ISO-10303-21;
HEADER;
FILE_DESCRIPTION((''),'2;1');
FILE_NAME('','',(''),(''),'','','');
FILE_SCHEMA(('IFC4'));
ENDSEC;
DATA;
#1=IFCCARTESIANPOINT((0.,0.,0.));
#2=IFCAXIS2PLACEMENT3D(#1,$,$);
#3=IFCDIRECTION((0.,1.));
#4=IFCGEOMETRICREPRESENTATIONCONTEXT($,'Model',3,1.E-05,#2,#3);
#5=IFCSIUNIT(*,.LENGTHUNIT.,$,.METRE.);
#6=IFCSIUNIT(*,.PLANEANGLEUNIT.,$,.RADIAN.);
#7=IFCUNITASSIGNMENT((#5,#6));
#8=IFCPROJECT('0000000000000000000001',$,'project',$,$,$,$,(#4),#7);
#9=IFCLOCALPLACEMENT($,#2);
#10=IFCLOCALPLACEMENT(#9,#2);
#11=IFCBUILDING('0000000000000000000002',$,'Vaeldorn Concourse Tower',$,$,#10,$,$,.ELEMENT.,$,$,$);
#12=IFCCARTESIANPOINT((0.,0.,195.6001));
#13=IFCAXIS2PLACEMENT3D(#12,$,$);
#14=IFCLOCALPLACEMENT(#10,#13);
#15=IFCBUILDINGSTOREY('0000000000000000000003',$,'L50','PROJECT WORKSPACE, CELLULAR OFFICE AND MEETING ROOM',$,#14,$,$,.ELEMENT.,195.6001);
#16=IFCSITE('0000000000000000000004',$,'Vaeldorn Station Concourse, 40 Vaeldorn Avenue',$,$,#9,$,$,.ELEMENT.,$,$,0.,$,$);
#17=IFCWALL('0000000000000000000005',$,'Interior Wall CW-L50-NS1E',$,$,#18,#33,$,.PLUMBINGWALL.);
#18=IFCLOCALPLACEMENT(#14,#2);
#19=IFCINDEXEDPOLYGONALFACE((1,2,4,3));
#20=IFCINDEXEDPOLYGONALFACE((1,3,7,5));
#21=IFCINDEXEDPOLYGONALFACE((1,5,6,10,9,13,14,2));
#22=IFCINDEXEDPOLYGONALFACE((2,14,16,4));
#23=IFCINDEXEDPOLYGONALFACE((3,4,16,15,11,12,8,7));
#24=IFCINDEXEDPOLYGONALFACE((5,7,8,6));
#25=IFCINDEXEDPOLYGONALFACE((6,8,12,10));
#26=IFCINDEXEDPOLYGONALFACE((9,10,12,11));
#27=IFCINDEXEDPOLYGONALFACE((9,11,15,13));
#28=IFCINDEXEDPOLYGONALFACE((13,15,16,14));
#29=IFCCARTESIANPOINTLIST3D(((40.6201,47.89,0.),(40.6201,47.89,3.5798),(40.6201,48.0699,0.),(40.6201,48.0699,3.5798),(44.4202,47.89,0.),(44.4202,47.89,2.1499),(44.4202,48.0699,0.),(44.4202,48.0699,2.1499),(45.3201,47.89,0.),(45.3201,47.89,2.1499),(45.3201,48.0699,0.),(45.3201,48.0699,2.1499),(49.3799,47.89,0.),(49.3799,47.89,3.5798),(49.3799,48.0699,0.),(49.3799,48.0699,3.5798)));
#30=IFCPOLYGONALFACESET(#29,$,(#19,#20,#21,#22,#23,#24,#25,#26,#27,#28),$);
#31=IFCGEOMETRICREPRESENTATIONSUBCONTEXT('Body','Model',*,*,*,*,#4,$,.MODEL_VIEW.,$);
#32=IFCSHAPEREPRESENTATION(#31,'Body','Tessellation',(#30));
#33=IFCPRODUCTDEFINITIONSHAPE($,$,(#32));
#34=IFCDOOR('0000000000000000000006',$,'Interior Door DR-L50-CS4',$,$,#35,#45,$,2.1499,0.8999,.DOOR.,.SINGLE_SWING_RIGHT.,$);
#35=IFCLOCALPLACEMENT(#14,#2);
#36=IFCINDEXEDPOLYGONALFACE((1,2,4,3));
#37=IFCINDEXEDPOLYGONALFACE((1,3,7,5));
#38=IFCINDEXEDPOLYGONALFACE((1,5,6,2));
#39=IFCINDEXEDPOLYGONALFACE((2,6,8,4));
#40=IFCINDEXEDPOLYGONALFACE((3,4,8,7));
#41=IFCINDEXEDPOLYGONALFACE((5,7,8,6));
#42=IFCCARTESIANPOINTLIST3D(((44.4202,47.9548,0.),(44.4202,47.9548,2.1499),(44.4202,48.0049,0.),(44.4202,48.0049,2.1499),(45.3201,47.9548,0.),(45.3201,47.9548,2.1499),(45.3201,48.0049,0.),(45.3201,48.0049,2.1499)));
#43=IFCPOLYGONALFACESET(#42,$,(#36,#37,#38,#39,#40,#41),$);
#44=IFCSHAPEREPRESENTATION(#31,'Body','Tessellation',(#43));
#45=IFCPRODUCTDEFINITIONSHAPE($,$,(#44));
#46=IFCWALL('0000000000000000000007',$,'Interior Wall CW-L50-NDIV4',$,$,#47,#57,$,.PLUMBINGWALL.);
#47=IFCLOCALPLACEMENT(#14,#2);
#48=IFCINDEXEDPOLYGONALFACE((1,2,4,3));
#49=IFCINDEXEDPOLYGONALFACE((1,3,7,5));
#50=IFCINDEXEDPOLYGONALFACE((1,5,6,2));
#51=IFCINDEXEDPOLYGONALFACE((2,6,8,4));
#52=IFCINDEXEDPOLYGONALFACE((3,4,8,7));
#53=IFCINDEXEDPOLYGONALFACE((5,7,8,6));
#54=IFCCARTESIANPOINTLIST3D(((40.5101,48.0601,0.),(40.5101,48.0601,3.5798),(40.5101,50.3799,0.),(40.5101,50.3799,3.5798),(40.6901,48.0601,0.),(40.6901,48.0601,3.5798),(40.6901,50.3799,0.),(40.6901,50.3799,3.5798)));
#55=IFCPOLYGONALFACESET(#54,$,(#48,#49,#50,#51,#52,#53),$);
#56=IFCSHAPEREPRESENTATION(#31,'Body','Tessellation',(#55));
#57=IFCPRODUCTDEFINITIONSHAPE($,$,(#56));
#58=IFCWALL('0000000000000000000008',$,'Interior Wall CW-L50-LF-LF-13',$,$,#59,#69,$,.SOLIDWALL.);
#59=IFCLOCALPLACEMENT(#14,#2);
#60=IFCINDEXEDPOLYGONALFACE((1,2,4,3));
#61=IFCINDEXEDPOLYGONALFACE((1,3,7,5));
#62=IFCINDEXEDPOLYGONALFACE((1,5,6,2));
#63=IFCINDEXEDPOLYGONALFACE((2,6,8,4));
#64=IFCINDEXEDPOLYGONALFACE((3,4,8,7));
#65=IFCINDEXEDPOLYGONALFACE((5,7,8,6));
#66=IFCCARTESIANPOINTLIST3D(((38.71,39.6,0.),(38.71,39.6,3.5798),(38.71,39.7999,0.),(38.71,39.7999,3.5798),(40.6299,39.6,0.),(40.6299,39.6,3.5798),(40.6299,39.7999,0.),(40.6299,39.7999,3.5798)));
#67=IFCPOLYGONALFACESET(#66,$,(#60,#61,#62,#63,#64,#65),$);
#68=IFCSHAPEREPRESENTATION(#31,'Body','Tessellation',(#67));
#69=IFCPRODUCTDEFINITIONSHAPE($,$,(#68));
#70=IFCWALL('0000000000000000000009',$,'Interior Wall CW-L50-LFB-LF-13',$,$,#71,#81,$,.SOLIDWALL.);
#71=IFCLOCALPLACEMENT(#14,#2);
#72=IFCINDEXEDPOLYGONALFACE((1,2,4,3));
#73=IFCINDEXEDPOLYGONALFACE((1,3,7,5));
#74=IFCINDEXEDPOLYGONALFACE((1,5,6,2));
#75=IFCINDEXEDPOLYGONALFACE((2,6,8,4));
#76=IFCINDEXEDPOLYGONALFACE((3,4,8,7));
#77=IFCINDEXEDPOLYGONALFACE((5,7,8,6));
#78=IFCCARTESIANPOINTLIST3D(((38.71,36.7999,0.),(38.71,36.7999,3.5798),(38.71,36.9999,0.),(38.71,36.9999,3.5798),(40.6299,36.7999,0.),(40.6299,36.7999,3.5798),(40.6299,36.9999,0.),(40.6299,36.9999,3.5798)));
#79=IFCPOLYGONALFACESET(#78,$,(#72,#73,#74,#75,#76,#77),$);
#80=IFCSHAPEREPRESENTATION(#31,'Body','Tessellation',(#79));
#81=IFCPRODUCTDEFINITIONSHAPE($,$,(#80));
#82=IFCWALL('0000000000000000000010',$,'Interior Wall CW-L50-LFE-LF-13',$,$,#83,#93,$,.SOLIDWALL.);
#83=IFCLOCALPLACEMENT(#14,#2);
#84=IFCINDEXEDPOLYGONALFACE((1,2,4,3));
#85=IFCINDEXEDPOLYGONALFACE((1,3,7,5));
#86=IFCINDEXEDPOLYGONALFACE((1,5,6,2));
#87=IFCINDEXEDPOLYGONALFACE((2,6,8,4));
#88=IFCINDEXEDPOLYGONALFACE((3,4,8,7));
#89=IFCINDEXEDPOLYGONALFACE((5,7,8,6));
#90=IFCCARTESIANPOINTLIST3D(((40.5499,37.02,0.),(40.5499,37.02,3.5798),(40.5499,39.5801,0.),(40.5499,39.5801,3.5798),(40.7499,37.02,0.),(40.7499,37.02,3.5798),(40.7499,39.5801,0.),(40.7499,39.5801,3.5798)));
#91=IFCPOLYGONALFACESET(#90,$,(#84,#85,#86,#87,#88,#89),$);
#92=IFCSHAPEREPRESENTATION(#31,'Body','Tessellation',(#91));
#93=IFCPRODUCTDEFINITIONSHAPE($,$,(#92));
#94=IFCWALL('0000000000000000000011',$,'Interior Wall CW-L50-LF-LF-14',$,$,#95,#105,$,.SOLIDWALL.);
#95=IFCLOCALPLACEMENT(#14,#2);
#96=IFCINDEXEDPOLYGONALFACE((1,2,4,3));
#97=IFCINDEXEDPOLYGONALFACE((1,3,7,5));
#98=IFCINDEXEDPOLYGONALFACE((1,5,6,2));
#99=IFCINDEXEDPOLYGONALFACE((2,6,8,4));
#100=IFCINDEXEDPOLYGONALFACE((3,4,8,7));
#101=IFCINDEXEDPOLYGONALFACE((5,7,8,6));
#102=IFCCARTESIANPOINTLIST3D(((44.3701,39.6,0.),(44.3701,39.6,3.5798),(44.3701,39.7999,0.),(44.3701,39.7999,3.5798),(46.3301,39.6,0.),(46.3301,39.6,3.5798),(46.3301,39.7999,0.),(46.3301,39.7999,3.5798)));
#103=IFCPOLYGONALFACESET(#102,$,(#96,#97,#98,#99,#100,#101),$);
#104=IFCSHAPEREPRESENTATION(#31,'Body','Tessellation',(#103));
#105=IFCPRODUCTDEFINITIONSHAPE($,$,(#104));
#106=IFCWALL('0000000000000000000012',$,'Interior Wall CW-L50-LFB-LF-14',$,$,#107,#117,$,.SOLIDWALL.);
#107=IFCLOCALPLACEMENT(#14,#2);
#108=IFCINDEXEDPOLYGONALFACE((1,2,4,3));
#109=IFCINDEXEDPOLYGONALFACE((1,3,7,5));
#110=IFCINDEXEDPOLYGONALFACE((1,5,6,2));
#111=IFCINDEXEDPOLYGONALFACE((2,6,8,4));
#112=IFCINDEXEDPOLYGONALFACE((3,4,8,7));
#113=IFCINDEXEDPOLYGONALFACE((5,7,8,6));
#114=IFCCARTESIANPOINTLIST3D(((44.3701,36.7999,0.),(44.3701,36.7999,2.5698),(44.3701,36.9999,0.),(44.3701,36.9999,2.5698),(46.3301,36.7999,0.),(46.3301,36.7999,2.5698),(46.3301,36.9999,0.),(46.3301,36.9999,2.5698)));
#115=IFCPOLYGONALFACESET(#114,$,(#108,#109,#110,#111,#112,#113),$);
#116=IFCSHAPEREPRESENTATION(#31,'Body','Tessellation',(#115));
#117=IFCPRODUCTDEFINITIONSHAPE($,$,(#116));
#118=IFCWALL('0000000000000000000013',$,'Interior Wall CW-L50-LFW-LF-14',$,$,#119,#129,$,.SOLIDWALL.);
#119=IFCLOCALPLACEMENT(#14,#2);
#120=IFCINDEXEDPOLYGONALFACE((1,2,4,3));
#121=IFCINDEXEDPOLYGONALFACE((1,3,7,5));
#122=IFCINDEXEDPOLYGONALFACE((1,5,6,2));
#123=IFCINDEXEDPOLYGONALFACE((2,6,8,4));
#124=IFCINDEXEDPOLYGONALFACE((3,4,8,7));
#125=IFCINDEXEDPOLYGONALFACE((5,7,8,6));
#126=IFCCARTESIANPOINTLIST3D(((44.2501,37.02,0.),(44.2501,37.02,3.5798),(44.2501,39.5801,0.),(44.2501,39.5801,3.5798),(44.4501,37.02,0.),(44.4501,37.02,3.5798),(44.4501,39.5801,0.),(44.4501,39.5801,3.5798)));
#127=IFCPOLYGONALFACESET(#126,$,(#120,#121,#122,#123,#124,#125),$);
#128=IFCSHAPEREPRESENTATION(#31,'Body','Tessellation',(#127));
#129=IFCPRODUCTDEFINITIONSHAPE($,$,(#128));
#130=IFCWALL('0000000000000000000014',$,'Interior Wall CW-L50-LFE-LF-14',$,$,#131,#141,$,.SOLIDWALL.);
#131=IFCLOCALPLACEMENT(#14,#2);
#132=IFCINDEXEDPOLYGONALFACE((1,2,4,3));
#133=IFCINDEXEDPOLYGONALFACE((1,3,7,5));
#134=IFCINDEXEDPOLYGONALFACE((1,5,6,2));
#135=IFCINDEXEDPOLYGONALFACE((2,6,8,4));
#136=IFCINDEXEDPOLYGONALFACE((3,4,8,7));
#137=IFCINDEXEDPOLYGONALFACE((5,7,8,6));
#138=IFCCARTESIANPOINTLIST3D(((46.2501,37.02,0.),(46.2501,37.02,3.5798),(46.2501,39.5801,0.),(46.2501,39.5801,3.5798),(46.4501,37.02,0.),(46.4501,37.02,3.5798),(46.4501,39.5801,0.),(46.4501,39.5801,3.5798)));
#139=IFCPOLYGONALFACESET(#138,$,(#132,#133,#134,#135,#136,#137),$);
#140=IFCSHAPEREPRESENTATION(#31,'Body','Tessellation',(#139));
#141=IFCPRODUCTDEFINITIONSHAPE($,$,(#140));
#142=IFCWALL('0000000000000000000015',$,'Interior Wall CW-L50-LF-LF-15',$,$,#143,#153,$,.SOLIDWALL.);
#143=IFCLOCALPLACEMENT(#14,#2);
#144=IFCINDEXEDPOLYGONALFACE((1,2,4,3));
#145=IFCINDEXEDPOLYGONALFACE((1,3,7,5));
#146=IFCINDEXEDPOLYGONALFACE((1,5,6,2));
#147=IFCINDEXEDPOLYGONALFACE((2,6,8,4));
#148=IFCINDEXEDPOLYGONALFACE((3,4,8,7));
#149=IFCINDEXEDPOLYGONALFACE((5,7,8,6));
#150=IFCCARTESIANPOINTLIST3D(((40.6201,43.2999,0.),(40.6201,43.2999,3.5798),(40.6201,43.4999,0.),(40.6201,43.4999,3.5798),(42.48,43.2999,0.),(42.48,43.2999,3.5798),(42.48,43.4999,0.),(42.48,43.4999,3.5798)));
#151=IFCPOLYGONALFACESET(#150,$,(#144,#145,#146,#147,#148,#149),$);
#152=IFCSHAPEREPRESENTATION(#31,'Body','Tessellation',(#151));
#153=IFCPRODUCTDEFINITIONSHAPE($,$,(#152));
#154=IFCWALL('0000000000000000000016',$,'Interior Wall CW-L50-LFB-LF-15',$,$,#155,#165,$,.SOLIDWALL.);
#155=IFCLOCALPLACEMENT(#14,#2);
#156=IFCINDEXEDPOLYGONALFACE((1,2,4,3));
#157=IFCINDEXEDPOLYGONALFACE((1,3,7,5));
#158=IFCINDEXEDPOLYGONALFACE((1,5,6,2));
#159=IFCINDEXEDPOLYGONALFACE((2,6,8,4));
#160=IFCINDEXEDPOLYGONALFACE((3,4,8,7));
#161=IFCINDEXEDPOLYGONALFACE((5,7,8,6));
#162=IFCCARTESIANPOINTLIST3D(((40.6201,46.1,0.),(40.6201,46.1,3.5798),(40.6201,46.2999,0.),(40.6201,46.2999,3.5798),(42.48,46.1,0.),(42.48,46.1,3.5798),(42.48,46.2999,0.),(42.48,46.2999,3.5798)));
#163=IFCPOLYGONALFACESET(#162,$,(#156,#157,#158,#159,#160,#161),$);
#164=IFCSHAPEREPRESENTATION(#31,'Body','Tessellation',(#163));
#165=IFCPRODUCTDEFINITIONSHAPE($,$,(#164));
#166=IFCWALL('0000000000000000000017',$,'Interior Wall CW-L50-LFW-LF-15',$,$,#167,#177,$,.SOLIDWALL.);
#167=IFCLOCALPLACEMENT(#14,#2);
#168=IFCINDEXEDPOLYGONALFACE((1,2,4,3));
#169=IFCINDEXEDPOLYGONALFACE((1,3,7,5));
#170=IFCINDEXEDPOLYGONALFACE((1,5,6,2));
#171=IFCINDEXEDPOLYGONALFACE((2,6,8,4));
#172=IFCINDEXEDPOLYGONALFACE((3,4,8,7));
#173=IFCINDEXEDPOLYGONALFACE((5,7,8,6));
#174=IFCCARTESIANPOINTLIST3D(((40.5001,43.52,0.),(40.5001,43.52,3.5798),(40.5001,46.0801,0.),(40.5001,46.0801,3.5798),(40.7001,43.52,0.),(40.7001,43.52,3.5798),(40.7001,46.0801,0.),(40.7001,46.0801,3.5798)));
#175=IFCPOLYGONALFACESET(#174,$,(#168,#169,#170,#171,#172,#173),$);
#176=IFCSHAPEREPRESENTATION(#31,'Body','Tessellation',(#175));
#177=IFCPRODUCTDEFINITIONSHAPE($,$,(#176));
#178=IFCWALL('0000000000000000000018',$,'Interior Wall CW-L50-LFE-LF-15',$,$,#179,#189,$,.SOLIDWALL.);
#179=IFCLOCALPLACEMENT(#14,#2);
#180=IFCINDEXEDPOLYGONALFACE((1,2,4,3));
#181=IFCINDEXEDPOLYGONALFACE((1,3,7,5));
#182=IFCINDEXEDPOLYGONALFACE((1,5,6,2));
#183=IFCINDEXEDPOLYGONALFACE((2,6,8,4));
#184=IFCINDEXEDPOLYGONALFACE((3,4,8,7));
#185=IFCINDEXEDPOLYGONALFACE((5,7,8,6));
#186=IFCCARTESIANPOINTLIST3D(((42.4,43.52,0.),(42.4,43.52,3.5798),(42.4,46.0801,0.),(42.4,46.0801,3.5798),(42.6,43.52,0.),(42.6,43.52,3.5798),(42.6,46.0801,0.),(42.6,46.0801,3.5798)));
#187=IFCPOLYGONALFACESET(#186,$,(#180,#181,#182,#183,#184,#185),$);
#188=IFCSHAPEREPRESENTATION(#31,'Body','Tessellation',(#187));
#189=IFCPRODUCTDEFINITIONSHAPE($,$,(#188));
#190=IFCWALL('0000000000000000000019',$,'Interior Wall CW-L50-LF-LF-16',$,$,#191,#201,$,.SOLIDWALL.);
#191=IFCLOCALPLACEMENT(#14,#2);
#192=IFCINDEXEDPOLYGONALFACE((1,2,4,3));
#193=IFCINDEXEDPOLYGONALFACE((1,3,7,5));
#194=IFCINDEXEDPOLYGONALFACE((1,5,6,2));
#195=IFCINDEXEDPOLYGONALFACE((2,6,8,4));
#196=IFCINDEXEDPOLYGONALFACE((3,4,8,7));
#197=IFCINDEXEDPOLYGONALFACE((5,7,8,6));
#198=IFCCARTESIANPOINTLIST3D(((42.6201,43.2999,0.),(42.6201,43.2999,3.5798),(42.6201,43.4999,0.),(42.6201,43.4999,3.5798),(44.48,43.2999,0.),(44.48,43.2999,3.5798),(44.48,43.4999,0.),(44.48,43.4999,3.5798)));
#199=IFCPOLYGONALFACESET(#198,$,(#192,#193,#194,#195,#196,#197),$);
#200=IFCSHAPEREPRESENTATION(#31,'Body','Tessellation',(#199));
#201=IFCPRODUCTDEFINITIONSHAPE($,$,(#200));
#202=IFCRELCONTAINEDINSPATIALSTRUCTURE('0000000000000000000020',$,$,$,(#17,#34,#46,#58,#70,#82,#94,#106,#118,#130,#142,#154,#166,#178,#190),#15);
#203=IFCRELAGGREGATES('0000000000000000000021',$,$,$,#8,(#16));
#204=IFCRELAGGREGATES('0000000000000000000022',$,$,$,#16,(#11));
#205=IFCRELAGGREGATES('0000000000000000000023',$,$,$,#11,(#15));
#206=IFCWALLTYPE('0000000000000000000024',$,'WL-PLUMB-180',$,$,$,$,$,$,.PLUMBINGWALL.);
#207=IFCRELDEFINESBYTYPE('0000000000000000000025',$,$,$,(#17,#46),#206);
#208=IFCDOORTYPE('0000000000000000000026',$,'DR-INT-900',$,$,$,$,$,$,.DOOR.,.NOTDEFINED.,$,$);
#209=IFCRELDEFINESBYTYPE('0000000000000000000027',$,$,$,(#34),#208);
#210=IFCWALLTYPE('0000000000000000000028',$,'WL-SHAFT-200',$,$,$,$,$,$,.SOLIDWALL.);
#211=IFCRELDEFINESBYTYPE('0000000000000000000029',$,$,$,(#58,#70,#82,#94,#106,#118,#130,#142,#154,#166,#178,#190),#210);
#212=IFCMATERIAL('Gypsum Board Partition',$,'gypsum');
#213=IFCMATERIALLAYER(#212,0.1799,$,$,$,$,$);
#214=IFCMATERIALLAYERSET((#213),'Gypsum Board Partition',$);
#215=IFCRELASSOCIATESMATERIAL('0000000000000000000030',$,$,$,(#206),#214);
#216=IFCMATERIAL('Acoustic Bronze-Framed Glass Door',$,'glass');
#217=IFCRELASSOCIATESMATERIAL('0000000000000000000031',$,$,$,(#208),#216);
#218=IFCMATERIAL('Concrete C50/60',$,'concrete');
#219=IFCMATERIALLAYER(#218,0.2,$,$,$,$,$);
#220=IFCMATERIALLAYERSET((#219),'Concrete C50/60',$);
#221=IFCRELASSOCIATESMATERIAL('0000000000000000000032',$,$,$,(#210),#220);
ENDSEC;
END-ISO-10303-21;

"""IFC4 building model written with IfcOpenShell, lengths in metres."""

from ifc_helpers import new_model, si_unit, direction, frame, frame_2d, origin, place, context, subcontext, project, spatial, rectangle, extrude, source, transform, mapped, material, layer, layer_set, type_object, element, fill, save


model = new_model("IFC4")

# Units and contexts
model_context = context("Model", 3, precision=1e-05, world=origin(), true_north=direction((0.0, 1.0)))
body_context = subcontext(model_context, "Body", "Model", "MODEL_VIEW")
ifc_project = project(units=[si_unit("LENGTHUNIT", "METRE"), si_unit("PLANEANGLEUNIT", "RADIAN")], contexts=[model_context])

# Site, building, storey
site_placement = place(None, origin())
site = spatial("IfcSite", under=ifc_project, at=site_placement, Name="Vaeldorn Station Concourse, 40 Vaeldorn Avenue", CompositionType="ELEMENT", RefElevation=0.0)
building_placement = place(site_placement, origin())
building = spatial("IfcBuilding", under=site, at=building_placement, Name="Vaeldorn Concourse Tower", CompositionType="ELEMENT")
storey_placement = place(building_placement, frame((0.0, 0.0, 195.6001)))
storey = spatial("IfcBuildingStorey", under=building, at=storey_placement, Name="L50", Description="PROJECT WORKSPACE, CELLULAR OFFICE AND MEETING ROOM", CompositionType="ELEMENT", Elevation=195.6001)

# Shared definitions
ifc_material_1 = material(Name="Concrete C50/60", Category="concrete")

# Wall, opening, door
ifc_material_2 = material(Name="Gypsum Board Partition", Category="gypsum")
ifc_layer_1 = layer(ifc_material_2, 0.1799)
ifc_layer_set_1 = layer_set([ifc_layer_1], Name="Gypsum Board Partition")
wall_type_1 = type_object("IfcWallType", Name="WL-PLUMB-180", PredefinedType="PLUMBINGWALL", material=ifc_layer_set_1)
wall_1_placement = place(storey_placement, frame((40.6201, 47.98, 0.0), z_axis=(0.0, 0.0, 1.0), x_axis=(1.0, 0.0, 0.0)))
wall_1 = element("IfcWall", 1, at=wall_1_placement, inside=storey, type_object=wall_type_1, Name="Interior Wall CW-L50-NS1E", PredefinedType="PLUMBINGWALL", context=body_context, shape_type="SweptSolid", body=[
    extrude(rectangle(XDim=8.7598, YDim=0.1799, at=frame_2d((4.3799, 0.0))), origin(), (0.0, 0.0, 1.0), 3.5798),
])
opening_1_placement = place(wall_1_placement, frame((3.8, 0.0, 0.0)))
opening_1 = element("IfcOpeningElement", 2, at=opening_1_placement, cuts=wall_1, PredefinedType="OPENING", context=body_context, shape_type="SweptSolid", body=[
    extrude(rectangle(XDim=0.8999, YDim=2.1499, at=frame_2d((0.45, 1.075))), frame((0.0, 0.1001, 0.0), z_axis=(0.0, -1.0, 0.0), x_axis=(1.0, 0.0, 0.0)), (0.0, 0.0, 1.0), 0.2),
])
ifc_material_3 = material(Name="Acoustic Bronze-Framed Glass Door", Category="glass")
door_type_1 = type_object("IfcDoorType", Name="DR-INT-900", OperationType="NOTDEFINED", PredefinedType="DOOR", material=ifc_material_3)
shared_shape_1 = source(origin(), body_context, "Body", "SweptSolid", [
    extrude(rectangle(XDim=0.8999, YDim=2.1499, at=frame_2d((0.45, 1.075))), frame((0.0, 0.0249, 0.0), z_axis=(0.0, -1.0, 0.0), x_axis=(1.0, 0.0, 0.0)), (0.0, 0.0, 1.0), 0.05),
])
door_1_placement = place(opening_1_placement, origin())
door_1 = element("IfcDoor", 3, at=door_1_placement, inside=storey, type_object=door_type_1, Name="Interior Door DR-L50-CS4", OperationType="SINGLE_SWING_RIGHT", OverallHeight=2.1499, OverallWidth=0.8999, PredefinedType="DOOR", context=body_context, shape_type="MappedRepresentation", body=[
    mapped(shared_shape_1, transform((0.0, 0.0, 0.0), scale=1.0)),
])
fill(opening_1, door_1)

# Walls
wall_2_placement = place(storey_placement, frame((40.6001, 48.0601, 0.0), z_axis=(0.0, 0.0, 1.0), x_axis=(0.0, 1.0, 0.0)))
element("IfcWall", 4, at=wall_2_placement, inside=storey, type_object=wall_type_1, Name="Interior Wall CW-L50-NDIV4", PredefinedType="PLUMBINGWALL", context=body_context, shape_type="SweptSolid", body=[
    extrude(rectangle(XDim=2.3198, YDim=0.1799, at=frame_2d((1.1599, 0.0))), origin(), (0.0, 0.0, 1.0), 3.5798),
])
ifc_layer_2 = layer(ifc_material_1, 0.2)
ifc_layer_set_2 = layer_set([ifc_layer_2], Name="Concrete C50/60")
wall_type_2 = type_object("IfcWallType", Name="WL-SHAFT-200", PredefinedType="SOLIDWALL", material=ifc_layer_set_2)
for number, where, z_axis, x_axis, name in (
    (5, (38.71, 39.7, 0.0), (0.0, 0.0, 1.0), (1.0, 0.0, 0.0), "Interior Wall CW-L50-LF-LF-13"),
    (6, (38.71, 36.8999, 0.0), (0.0, 0.0, 1.0), (1.0, 0.0, 0.0), "Interior Wall CW-L50-LFB-LF-13"),
):
    element("IfcWall", number, at=place(storey_placement, frame(where, z_axis=z_axis, x_axis=x_axis)), inside=storey, type_object=wall_type_2, Name=name, PredefinedType="SOLIDWALL", context=body_context, shape_type="SweptSolid", body=[
        extrude(rectangle(XDim=1.9199, YDim=0.2, at=frame_2d((0.96, 0.0))), origin(), (0.0, 0.0, 1.0), 3.5798),
    ])
wall_3_placement = place(storey_placement, frame((40.6499, 37.02, 0.0), z_axis=(0.0, 0.0, 1.0), x_axis=(0.0, 1.0, 0.0)))
element("IfcWall", 7, at=wall_3_placement, inside=storey, type_object=wall_type_2, Name="Interior Wall CW-L50-LFE-LF-13", PredefinedType="SOLIDWALL", context=body_context, shape_type="SweptSolid", body=[
    extrude(rectangle(XDim=2.5601, YDim=0.2, at=frame_2d((1.28, 0.0))), origin(), (0.0, 0.0, 1.0), 3.5798),
])
wall_4_placement = place(storey_placement, frame((44.3701, 39.7, 0.0), z_axis=(0.0, 0.0, 1.0), x_axis=(1.0, 0.0, 0.0)))
element("IfcWall", 8, at=wall_4_placement, inside=storey, type_object=wall_type_2, Name="Interior Wall CW-L50-LF-LF-14", PredefinedType="SOLIDWALL", context=body_context, shape_type="SweptSolid", body=[
    extrude(rectangle(XDim=1.96, YDim=0.2, at=frame_2d((0.98, 0.0))), origin(), (0.0, 0.0, 1.0), 3.5798),
])
wall_5_placement = place(storey_placement, frame((44.3701, 36.8999, 0.0), z_axis=(0.0, 0.0, 1.0), x_axis=(1.0, 0.0, 0.0)))
element("IfcWall", 9, at=wall_5_placement, inside=storey, type_object=wall_type_2, Name="Interior Wall CW-L50-LFB-LF-14", PredefinedType="SOLIDWALL", context=body_context, shape_type="SweptSolid", body=[
    extrude(rectangle(XDim=1.96, YDim=0.2, at=frame_2d((0.98, 0.0))), origin(), (0.0, 0.0, 1.0), 2.5698),
])
for number, where, z_axis, x_axis, name in (
    (10, (44.3501, 37.02, 0.0), (0.0, 0.0, 1.0), (0.0, 1.0, 0.0), "Interior Wall CW-L50-LFW-LF-14"),
    (11, (46.3501, 37.02, 0.0), (0.0, 0.0, 1.0), (0.0, 1.0, 0.0), "Interior Wall CW-L50-LFE-LF-14"),
):
    element("IfcWall", number, at=place(storey_placement, frame(where, z_axis=z_axis, x_axis=x_axis)), inside=storey, type_object=wall_type_2, Name=name, PredefinedType="SOLIDWALL", context=body_context, shape_type="SweptSolid", body=[
        extrude(rectangle(XDim=2.5601, YDim=0.2, at=frame_2d((1.28, 0.0))), origin(), (0.0, 0.0, 1.0), 3.5798),
    ])
for number, where, z_axis, x_axis, name in (
    (12, (40.6201, 43.3999, 0.0), (0.0, 0.0, 1.0), (1.0, 0.0, 0.0), "Interior Wall CW-L50-LF-LF-15"),
    (13, (40.6201, 46.2, 0.0), (0.0, 0.0, 1.0), (1.0, 0.0, 0.0), "Interior Wall CW-L50-LFB-LF-15"),
):
    element("IfcWall", number, at=place(storey_placement, frame(where, z_axis=z_axis, x_axis=x_axis)), inside=storey, type_object=wall_type_2, Name=name, PredefinedType="SOLIDWALL", context=body_context, shape_type="SweptSolid", body=[
        extrude(rectangle(XDim=1.8599, YDim=0.2, at=frame_2d((0.9299, 0.0))), origin(), (0.0, 0.0, 1.0), 3.5798),
    ])
for number, where, z_axis, x_axis, name in (
    (14, (40.6001, 43.52, 0.0), (0.0, 0.0, 1.0), (0.0, 1.0, 0.0), "Interior Wall CW-L50-LFW-LF-15"),
    (15, (42.5, 43.52, 0.0), (0.0, 0.0, 1.0), (0.0, 1.0, 0.0), "Interior Wall CW-L50-LFE-LF-15"),
):
    element("IfcWall", number, at=place(storey_placement, frame(where, z_axis=z_axis, x_axis=x_axis)), inside=storey, type_object=wall_type_2, Name=name, PredefinedType="SOLIDWALL", context=body_context, shape_type="SweptSolid", body=[
        extrude(rectangle(XDim=2.5601, YDim=0.2, at=frame_2d((1.28, 0.0))), origin(), (0.0, 0.0, 1.0), 3.5798),
    ])
for number, where, z_axis, x_axis, name in (
    (16, (42.6201, 43.3999, 0.0), (0.0, 0.0, 1.0), (1.0, 0.0, 0.0), "Interior Wall CW-L50-LF-LF-16"),
):
    element("IfcWall", number, at=place(storey_placement, frame(where, z_axis=z_axis, x_axis=x_axis)), inside=storey, type_object=wall_type_2, Name=name, PredefinedType="SOLIDWALL", context=body_context, shape_type="SweptSolid", body=[
        extrude(rectangle(XDim=1.8599, YDim=0.2, at=frame_2d((0.9299, 0.0))), origin(), (0.0, 0.0, 1.0), 3.5798),
    ])

save(model, "model.ifc")
